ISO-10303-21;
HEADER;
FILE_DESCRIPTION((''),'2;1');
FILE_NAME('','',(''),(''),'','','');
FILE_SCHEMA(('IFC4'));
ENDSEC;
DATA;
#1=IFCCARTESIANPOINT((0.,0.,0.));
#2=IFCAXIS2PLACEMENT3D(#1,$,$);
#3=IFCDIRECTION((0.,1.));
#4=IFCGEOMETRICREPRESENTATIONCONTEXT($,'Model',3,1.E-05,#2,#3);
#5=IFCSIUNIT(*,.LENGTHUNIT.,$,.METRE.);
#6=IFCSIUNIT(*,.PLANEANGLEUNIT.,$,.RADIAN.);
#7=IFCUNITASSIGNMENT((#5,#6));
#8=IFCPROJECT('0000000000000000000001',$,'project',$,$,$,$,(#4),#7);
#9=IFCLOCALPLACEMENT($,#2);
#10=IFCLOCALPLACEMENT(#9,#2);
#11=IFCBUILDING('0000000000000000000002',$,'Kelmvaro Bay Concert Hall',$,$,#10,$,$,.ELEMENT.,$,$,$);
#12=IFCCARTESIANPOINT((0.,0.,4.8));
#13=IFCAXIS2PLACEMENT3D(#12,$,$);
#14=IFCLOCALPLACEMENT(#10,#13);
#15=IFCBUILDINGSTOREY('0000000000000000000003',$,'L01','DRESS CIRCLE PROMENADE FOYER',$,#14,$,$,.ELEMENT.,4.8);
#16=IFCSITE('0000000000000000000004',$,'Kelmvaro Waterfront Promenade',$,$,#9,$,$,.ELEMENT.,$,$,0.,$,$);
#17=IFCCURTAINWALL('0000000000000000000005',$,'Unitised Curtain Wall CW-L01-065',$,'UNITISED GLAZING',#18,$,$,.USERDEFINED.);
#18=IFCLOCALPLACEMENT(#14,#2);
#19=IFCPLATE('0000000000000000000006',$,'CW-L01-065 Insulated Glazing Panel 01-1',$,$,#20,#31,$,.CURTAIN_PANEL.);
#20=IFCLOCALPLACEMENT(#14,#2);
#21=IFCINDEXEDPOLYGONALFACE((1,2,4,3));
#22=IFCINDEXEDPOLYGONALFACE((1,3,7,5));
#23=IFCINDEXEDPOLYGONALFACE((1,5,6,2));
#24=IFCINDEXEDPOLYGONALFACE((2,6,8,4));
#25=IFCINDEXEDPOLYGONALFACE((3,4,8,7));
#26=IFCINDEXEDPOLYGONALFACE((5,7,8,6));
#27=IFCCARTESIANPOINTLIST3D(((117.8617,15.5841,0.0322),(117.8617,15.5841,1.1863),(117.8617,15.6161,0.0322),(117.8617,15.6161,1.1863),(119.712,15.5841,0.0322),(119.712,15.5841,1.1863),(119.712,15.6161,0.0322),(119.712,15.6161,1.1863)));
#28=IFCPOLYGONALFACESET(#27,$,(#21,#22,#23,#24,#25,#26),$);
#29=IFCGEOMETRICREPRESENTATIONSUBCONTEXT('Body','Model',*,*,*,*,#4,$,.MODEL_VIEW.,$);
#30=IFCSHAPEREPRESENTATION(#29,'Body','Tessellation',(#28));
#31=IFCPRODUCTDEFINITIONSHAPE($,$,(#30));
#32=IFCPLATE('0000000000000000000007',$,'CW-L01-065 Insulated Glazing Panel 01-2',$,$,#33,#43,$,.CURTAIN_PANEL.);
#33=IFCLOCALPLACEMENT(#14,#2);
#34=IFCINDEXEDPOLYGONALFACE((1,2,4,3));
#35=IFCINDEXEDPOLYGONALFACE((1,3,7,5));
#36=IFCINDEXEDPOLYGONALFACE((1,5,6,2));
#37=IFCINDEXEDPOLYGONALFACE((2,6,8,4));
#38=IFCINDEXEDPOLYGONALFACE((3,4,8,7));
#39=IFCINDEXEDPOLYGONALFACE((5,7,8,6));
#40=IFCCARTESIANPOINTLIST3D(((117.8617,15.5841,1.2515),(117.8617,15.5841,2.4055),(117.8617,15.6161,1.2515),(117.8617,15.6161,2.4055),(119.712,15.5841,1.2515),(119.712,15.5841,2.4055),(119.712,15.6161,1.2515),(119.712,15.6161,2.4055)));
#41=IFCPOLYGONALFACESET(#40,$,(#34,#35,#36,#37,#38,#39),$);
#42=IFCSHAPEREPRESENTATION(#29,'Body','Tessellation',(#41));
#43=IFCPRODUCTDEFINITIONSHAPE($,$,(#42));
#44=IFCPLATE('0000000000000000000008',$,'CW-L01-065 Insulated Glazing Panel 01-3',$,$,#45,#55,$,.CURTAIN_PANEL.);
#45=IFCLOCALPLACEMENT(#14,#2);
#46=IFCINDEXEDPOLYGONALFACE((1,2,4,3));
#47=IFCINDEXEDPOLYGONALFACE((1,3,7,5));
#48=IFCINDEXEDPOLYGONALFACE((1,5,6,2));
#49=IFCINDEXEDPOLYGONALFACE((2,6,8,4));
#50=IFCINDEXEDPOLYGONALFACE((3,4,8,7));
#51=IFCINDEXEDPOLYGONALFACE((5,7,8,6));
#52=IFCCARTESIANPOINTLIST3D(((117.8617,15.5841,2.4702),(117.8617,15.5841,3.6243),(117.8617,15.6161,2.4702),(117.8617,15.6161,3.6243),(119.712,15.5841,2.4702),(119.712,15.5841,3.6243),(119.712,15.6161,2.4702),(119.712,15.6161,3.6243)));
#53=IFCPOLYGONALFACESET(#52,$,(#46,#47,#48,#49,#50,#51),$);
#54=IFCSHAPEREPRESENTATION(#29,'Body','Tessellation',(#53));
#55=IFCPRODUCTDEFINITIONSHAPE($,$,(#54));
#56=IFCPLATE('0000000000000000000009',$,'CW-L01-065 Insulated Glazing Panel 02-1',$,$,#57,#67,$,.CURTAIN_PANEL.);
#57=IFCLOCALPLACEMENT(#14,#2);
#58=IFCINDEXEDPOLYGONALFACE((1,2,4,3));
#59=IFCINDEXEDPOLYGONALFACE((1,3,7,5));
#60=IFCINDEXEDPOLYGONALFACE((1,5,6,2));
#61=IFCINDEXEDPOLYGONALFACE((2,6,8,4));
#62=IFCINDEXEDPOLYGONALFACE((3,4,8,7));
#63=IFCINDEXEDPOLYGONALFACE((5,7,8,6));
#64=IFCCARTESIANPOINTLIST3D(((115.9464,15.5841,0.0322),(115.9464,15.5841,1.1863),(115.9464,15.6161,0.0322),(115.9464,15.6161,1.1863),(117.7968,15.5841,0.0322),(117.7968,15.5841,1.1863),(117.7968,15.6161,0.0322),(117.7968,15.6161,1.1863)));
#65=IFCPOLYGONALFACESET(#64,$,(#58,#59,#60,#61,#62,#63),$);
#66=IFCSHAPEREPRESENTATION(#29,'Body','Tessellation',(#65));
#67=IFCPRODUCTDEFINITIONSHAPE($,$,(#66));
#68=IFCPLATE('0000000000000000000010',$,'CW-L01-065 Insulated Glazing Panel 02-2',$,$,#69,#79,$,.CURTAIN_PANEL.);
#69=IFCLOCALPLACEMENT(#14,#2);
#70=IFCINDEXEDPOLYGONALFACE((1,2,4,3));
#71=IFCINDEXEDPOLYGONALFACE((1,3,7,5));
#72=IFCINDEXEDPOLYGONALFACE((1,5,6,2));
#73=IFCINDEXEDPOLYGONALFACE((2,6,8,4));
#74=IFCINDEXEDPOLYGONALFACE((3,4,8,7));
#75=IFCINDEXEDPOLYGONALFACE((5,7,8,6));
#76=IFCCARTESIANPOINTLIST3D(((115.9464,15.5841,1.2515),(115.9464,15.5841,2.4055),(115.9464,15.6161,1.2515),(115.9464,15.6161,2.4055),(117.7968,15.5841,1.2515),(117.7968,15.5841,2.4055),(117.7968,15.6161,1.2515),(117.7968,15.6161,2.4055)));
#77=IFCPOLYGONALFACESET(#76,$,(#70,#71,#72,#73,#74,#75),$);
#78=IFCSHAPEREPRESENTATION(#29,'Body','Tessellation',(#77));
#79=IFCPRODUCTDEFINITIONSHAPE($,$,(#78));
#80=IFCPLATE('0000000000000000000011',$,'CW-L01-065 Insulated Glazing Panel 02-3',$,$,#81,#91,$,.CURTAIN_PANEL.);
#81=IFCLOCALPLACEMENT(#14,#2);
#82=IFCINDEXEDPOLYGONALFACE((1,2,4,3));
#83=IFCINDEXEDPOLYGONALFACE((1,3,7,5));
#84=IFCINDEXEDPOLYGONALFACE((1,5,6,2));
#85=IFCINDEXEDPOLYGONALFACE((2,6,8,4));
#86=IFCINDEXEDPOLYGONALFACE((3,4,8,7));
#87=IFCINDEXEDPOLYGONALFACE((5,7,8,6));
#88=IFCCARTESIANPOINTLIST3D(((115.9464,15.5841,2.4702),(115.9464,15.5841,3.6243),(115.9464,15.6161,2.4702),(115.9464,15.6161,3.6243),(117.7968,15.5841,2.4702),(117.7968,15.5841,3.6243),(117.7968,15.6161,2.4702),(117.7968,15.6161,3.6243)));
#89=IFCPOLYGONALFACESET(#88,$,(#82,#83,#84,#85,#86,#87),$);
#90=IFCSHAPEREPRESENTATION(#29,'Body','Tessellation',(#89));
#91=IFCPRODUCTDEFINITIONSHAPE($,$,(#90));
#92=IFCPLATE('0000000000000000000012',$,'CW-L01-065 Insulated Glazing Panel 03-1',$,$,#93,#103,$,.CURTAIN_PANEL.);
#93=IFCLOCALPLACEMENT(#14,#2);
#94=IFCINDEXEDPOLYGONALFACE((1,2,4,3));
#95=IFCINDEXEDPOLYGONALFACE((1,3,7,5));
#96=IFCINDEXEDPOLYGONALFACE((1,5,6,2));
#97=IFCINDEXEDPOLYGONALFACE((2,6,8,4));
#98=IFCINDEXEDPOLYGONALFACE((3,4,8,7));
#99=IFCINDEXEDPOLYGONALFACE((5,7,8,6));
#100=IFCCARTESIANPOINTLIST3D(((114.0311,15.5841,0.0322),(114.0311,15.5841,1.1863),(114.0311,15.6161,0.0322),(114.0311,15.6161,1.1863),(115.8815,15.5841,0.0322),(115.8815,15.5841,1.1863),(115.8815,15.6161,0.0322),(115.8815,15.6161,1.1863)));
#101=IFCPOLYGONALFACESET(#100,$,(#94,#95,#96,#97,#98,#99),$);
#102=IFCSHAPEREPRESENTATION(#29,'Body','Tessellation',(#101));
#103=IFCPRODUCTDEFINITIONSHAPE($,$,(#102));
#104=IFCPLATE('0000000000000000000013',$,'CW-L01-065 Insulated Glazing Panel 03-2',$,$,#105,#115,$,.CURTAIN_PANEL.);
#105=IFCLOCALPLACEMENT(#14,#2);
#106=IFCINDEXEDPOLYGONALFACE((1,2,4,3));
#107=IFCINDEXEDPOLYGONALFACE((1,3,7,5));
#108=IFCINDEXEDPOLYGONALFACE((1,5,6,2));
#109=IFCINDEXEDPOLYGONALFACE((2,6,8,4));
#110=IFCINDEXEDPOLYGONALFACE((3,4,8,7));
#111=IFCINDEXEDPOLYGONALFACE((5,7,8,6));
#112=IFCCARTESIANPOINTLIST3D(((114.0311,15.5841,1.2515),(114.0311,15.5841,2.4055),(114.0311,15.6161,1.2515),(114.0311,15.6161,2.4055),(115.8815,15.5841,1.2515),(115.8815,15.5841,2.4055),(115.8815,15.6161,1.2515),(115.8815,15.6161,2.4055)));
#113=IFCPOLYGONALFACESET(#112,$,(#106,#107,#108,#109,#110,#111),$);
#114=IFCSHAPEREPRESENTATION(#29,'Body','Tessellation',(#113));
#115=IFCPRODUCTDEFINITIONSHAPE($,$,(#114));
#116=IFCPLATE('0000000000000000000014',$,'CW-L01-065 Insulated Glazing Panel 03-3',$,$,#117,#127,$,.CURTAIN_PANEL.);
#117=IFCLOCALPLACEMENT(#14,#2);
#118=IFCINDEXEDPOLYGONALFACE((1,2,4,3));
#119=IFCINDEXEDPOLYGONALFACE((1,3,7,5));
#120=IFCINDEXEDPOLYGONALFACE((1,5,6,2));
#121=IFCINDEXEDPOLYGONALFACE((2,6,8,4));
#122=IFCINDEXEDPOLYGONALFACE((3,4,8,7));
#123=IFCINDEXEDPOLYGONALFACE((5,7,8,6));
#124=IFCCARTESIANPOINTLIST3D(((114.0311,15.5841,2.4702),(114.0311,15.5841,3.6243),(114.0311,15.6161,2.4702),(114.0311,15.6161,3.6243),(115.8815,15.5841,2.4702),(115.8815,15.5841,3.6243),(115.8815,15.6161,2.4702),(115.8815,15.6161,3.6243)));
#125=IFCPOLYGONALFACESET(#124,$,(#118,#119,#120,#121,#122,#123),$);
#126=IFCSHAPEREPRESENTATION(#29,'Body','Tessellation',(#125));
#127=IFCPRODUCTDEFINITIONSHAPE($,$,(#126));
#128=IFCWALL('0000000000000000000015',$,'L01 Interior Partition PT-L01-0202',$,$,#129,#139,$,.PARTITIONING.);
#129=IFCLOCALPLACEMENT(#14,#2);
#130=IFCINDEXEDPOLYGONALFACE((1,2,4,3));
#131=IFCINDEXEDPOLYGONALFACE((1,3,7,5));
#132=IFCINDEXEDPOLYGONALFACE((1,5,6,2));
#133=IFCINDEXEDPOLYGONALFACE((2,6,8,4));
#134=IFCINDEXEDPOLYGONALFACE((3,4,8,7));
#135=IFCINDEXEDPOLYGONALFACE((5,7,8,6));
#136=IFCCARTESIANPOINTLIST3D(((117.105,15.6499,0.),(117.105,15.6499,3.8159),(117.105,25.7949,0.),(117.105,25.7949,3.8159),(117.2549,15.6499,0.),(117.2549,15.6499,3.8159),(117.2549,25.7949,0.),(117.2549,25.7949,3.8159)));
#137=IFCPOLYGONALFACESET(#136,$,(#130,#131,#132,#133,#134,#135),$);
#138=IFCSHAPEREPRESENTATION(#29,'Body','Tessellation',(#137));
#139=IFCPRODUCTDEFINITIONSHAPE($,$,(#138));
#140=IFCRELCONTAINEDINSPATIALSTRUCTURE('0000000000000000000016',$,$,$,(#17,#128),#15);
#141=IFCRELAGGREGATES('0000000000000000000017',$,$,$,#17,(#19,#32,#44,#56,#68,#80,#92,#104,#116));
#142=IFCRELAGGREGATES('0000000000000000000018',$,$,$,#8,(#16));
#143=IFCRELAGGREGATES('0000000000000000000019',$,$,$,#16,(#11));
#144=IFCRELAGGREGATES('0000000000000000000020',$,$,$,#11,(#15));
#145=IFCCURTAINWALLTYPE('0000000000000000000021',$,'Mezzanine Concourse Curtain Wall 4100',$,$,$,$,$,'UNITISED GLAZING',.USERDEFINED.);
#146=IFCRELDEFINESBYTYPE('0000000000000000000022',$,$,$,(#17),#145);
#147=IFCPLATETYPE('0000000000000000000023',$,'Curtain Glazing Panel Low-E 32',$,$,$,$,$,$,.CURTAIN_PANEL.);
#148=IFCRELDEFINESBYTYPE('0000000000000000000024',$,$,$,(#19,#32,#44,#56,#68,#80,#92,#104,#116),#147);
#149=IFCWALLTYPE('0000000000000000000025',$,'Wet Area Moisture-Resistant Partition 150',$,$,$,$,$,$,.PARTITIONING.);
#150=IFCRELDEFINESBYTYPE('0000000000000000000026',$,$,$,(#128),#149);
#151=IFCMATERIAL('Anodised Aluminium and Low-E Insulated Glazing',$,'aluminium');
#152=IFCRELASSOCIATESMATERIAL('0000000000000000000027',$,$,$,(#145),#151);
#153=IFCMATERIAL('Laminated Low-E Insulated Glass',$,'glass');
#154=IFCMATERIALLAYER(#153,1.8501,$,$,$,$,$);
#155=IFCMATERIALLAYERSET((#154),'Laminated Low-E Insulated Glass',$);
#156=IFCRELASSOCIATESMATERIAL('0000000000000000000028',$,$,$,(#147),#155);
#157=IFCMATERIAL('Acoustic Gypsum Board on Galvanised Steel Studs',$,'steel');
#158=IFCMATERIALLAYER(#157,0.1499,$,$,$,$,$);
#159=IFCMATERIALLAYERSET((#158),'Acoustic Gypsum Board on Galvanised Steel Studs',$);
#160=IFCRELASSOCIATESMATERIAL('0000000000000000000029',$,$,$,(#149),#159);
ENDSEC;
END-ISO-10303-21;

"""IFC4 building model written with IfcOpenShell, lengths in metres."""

from ifc_helpers import new_model, si_unit, direction, frame, frame_2d, origin, origin_2d, place, context, subcontext, project, spatial, rectangle, extrude, material, layer, layer_set, type_object, element, aggregate, save


model = new_model("IFC4")

# Units and contexts
model_context = context("Model", 3, precision=1e-05, world=origin(), true_north=direction((0.0, 1.0)))
body_context = subcontext(model_context, "Body", "Model", "MODEL_VIEW")
ifc_project = project(units=[si_unit("LENGTHUNIT", "METRE"), si_unit("PLANEANGLEUNIT", "RADIAN")], contexts=[model_context])

# Site, building, storey
site_placement = place(None, origin())
site = spatial("IfcSite", under=ifc_project, at=site_placement, Name="Kelmvaro Waterfront Promenade", CompositionType="ELEMENT", RefElevation=0.0)
building_placement = place(site_placement, origin())
building = spatial("IfcBuilding", under=site, at=building_placement, Name="Kelmvaro Bay Concert Hall", CompositionType="ELEMENT")
storey_placement = place(building_placement, frame((0.0, 0.0, 4.8)))
storey = spatial("IfcBuildingStorey", under=building, at=storey_placement, Name="L01", Description="DRESS CIRCLE PROMENADE FOYER", CompositionType="ELEMENT", Elevation=4.8)

# Curtain wall
ifc_material_1 = material(Name="Anodised Aluminium and Low-E Insulated Glazing", Category="aluminium")
curtain_wall_type = type_object("IfcCurtainWallType", Name="Mezzanine Concourse Curtain Wall 4100", ElementType="UNITISED GLAZING", PredefinedType="USERDEFINED", material=ifc_material_1)
curtain_wall_placement = place(storey_placement, origin())
curtain_wall = element("IfcCurtainWall", 1, at=curtain_wall_placement, inside=storey, type_object=curtain_wall_type, Name="Unitised Curtain Wall CW-L01-065", ObjectType="UNITISED GLAZING", PredefinedType="USERDEFINED")

# Plates
ifc_material_2 = material(Name="Laminated Low-E Insulated Glass", Category="glass")
ifc_layer_1 = layer(ifc_material_2, 1.8501)
ifc_layer_set_1 = layer_set([ifc_layer_1], Name="Laminated Low-E Insulated Glass")
plate_type = type_object("IfcPlateType", Name="Curtain Glazing Panel Low-E 32", PredefinedType="CURTAIN_PANEL", material=ifc_layer_set_1)
plate_1_placement = place(storey_placement, frame((118.7869, 15.6001, 0.0322), z_axis=(0.0, 0.0, 1.0), x_axis=(-1.0, 0.0, 0.0)))
plate_1 = element("IfcPlate", 2, at=plate_1_placement, type_object=plate_type, Name="CW-L01-065 Insulated Glazing Panel 01-1", PredefinedType="CURTAIN_PANEL", context=body_context, shape_type="SweptSolid", body=[
    extrude(rectangle(XDim=1.8503, YDim=0.032, at=origin_2d()), origin(), (0.0, 0.0, 1.0), 1.1541),
])
plate_2_placement = place(storey_placement, frame((118.7869, 15.6001, 1.2515), z_axis=(0.0, 0.0, 1.0), x_axis=(-1.0, 0.0, 0.0)))
plate_2 = element("IfcPlate", 3, at=plate_2_placement, type_object=plate_type, Name="CW-L01-065 Insulated Glazing Panel 01-2", PredefinedType="CURTAIN_PANEL", context=body_context, shape_type="SweptSolid", body=[
    extrude(rectangle(XDim=1.8503, YDim=0.032, at=origin_2d()), origin(), (0.0, 0.0, 1.0), 1.1541),
])
plate_3_placement = place(storey_placement, frame((118.7869, 15.6001, 2.4702), z_axis=(0.0, 0.0, 1.0), x_axis=(-1.0, 0.0, 0.0)))
plate_3 = element("IfcPlate", 4, at=plate_3_placement, type_object=plate_type, Name="CW-L01-065 Insulated Glazing Panel 01-3", PredefinedType="CURTAIN_PANEL", context=body_context, shape_type="SweptSolid", body=[
    extrude(rectangle(XDim=1.8503, YDim=0.032, at=origin_2d()), origin(), (0.0, 0.0, 1.0), 1.1541),
])
plate_4_placement = place(storey_placement, frame((116.8716, 15.6001, 0.0322), z_axis=(0.0, 0.0, 1.0), x_axis=(-1.0, 0.0, 0.0)))
plate_4 = element("IfcPlate", 5, at=plate_4_placement, type_object=plate_type, Name="CW-L01-065 Insulated Glazing Panel 02-1", PredefinedType="CURTAIN_PANEL", context=body_context, shape_type="SweptSolid", body=[
    extrude(rectangle(XDim=1.8503, YDim=0.032, at=origin_2d()), origin(), (0.0, 0.0, 1.0), 1.1541),
])
plate_5_placement = place(storey_placement, frame((116.8716, 15.6001, 1.2515), z_axis=(0.0, 0.0, 1.0), x_axis=(-1.0, 0.0, 0.0)))
plate_5 = element("IfcPlate", 6, at=plate_5_placement, type_object=plate_type, Name="CW-L01-065 Insulated Glazing Panel 02-2", PredefinedType="CURTAIN_PANEL", context=body_context, shape_type="SweptSolid", body=[
    extrude(rectangle(XDim=1.8503, YDim=0.032, at=origin_2d()), origin(), (0.0, 0.0, 1.0), 1.1541),
])
plate_6_placement = place(storey_placement, frame((116.8716, 15.6001, 2.4702), z_axis=(0.0, 0.0, 1.0), x_axis=(-1.0, 0.0, 0.0)))
plate_6 = element("IfcPlate", 7, at=plate_6_placement, type_object=plate_type, Name="CW-L01-065 Insulated Glazing Panel 02-3", PredefinedType="CURTAIN_PANEL", context=body_context, shape_type="SweptSolid", body=[
    extrude(rectangle(XDim=1.8503, YDim=0.032, at=origin_2d()), origin(), (0.0, 0.0, 1.0), 1.1541),
])
plate_7_placement = place(storey_placement, frame((114.9563, 15.6001, 0.0322), z_axis=(0.0, 0.0, 1.0), x_axis=(-1.0, 0.0, 0.0)))
plate_7 = element("IfcPlate", 8, at=plate_7_placement, type_object=plate_type, Name="CW-L01-065 Insulated Glazing Panel 03-1", PredefinedType="CURTAIN_PANEL", context=body_context, shape_type="SweptSolid", body=[
    extrude(rectangle(XDim=1.8503, YDim=0.032, at=origin_2d()), origin(), (0.0, 0.0, 1.0), 1.1541),
])
plate_8_placement = place(storey_placement, frame((114.9563, 15.6001, 1.2515), z_axis=(0.0, 0.0, 1.0), x_axis=(-1.0, 0.0, 0.0)))
plate_8 = element("IfcPlate", 9, at=plate_8_placement, type_object=plate_type, Name="CW-L01-065 Insulated Glazing Panel 03-2", PredefinedType="CURTAIN_PANEL", context=body_context, shape_type="SweptSolid", body=[
    extrude(rectangle(XDim=1.8503, YDim=0.032, at=origin_2d()), origin(), (0.0, 0.0, 1.0), 1.1541),
])
plate_9_placement = place(storey_placement, frame((114.9563, 15.6001, 2.4702), z_axis=(0.0, 0.0, 1.0), x_axis=(-1.0, 0.0, 0.0)))
plate_9 = element("IfcPlate", 10, at=plate_9_placement, type_object=plate_type, Name="CW-L01-065 Insulated Glazing Panel 03-3", PredefinedType="CURTAIN_PANEL", context=body_context, shape_type="SweptSolid", body=[
    extrude(rectangle(XDim=1.8503, YDim=0.032, at=origin_2d()), origin(), (0.0, 0.0, 1.0), 1.1541),
])
aggregate(curtain_wall, [plate_1, plate_2, plate_3, plate_4, plate_5, plate_6, plate_7, plate_8, plate_9])

# Wall
ifc_material_3 = material(Name="Acoustic Gypsum Board on Galvanised Steel Studs", Category="steel")
ifc_layer_2 = layer(ifc_material_3, 0.1499)
ifc_layer_set_2 = layer_set([ifc_layer_2], Name="Acoustic Gypsum Board on Galvanised Steel Studs")
wall_type = type_object("IfcWallType", Name="Wet Area Moisture-Resistant Partition 150", PredefinedType="PARTITIONING", material=ifc_layer_set_2)
wall_placement = place(storey_placement, frame((117.1799, 15.6499, 0.0), z_axis=(0.0, 0.0, 1.0), x_axis=(0.0, 1.0, 0.0)))
element("IfcWall", 11, at=wall_placement, inside=storey, type_object=wall_type, Name="L01 Interior Partition PT-L01-0202", PredefinedType="PARTITIONING", context=body_context, shape_type="SweptSolid", body=[
    extrude(rectangle(XDim=10.145, YDim=0.1499, at=frame_2d((5.0725, 0.0))), origin(), (0.0, 0.0, 1.0), 3.8159),
])

save(model, "model.ifc")
